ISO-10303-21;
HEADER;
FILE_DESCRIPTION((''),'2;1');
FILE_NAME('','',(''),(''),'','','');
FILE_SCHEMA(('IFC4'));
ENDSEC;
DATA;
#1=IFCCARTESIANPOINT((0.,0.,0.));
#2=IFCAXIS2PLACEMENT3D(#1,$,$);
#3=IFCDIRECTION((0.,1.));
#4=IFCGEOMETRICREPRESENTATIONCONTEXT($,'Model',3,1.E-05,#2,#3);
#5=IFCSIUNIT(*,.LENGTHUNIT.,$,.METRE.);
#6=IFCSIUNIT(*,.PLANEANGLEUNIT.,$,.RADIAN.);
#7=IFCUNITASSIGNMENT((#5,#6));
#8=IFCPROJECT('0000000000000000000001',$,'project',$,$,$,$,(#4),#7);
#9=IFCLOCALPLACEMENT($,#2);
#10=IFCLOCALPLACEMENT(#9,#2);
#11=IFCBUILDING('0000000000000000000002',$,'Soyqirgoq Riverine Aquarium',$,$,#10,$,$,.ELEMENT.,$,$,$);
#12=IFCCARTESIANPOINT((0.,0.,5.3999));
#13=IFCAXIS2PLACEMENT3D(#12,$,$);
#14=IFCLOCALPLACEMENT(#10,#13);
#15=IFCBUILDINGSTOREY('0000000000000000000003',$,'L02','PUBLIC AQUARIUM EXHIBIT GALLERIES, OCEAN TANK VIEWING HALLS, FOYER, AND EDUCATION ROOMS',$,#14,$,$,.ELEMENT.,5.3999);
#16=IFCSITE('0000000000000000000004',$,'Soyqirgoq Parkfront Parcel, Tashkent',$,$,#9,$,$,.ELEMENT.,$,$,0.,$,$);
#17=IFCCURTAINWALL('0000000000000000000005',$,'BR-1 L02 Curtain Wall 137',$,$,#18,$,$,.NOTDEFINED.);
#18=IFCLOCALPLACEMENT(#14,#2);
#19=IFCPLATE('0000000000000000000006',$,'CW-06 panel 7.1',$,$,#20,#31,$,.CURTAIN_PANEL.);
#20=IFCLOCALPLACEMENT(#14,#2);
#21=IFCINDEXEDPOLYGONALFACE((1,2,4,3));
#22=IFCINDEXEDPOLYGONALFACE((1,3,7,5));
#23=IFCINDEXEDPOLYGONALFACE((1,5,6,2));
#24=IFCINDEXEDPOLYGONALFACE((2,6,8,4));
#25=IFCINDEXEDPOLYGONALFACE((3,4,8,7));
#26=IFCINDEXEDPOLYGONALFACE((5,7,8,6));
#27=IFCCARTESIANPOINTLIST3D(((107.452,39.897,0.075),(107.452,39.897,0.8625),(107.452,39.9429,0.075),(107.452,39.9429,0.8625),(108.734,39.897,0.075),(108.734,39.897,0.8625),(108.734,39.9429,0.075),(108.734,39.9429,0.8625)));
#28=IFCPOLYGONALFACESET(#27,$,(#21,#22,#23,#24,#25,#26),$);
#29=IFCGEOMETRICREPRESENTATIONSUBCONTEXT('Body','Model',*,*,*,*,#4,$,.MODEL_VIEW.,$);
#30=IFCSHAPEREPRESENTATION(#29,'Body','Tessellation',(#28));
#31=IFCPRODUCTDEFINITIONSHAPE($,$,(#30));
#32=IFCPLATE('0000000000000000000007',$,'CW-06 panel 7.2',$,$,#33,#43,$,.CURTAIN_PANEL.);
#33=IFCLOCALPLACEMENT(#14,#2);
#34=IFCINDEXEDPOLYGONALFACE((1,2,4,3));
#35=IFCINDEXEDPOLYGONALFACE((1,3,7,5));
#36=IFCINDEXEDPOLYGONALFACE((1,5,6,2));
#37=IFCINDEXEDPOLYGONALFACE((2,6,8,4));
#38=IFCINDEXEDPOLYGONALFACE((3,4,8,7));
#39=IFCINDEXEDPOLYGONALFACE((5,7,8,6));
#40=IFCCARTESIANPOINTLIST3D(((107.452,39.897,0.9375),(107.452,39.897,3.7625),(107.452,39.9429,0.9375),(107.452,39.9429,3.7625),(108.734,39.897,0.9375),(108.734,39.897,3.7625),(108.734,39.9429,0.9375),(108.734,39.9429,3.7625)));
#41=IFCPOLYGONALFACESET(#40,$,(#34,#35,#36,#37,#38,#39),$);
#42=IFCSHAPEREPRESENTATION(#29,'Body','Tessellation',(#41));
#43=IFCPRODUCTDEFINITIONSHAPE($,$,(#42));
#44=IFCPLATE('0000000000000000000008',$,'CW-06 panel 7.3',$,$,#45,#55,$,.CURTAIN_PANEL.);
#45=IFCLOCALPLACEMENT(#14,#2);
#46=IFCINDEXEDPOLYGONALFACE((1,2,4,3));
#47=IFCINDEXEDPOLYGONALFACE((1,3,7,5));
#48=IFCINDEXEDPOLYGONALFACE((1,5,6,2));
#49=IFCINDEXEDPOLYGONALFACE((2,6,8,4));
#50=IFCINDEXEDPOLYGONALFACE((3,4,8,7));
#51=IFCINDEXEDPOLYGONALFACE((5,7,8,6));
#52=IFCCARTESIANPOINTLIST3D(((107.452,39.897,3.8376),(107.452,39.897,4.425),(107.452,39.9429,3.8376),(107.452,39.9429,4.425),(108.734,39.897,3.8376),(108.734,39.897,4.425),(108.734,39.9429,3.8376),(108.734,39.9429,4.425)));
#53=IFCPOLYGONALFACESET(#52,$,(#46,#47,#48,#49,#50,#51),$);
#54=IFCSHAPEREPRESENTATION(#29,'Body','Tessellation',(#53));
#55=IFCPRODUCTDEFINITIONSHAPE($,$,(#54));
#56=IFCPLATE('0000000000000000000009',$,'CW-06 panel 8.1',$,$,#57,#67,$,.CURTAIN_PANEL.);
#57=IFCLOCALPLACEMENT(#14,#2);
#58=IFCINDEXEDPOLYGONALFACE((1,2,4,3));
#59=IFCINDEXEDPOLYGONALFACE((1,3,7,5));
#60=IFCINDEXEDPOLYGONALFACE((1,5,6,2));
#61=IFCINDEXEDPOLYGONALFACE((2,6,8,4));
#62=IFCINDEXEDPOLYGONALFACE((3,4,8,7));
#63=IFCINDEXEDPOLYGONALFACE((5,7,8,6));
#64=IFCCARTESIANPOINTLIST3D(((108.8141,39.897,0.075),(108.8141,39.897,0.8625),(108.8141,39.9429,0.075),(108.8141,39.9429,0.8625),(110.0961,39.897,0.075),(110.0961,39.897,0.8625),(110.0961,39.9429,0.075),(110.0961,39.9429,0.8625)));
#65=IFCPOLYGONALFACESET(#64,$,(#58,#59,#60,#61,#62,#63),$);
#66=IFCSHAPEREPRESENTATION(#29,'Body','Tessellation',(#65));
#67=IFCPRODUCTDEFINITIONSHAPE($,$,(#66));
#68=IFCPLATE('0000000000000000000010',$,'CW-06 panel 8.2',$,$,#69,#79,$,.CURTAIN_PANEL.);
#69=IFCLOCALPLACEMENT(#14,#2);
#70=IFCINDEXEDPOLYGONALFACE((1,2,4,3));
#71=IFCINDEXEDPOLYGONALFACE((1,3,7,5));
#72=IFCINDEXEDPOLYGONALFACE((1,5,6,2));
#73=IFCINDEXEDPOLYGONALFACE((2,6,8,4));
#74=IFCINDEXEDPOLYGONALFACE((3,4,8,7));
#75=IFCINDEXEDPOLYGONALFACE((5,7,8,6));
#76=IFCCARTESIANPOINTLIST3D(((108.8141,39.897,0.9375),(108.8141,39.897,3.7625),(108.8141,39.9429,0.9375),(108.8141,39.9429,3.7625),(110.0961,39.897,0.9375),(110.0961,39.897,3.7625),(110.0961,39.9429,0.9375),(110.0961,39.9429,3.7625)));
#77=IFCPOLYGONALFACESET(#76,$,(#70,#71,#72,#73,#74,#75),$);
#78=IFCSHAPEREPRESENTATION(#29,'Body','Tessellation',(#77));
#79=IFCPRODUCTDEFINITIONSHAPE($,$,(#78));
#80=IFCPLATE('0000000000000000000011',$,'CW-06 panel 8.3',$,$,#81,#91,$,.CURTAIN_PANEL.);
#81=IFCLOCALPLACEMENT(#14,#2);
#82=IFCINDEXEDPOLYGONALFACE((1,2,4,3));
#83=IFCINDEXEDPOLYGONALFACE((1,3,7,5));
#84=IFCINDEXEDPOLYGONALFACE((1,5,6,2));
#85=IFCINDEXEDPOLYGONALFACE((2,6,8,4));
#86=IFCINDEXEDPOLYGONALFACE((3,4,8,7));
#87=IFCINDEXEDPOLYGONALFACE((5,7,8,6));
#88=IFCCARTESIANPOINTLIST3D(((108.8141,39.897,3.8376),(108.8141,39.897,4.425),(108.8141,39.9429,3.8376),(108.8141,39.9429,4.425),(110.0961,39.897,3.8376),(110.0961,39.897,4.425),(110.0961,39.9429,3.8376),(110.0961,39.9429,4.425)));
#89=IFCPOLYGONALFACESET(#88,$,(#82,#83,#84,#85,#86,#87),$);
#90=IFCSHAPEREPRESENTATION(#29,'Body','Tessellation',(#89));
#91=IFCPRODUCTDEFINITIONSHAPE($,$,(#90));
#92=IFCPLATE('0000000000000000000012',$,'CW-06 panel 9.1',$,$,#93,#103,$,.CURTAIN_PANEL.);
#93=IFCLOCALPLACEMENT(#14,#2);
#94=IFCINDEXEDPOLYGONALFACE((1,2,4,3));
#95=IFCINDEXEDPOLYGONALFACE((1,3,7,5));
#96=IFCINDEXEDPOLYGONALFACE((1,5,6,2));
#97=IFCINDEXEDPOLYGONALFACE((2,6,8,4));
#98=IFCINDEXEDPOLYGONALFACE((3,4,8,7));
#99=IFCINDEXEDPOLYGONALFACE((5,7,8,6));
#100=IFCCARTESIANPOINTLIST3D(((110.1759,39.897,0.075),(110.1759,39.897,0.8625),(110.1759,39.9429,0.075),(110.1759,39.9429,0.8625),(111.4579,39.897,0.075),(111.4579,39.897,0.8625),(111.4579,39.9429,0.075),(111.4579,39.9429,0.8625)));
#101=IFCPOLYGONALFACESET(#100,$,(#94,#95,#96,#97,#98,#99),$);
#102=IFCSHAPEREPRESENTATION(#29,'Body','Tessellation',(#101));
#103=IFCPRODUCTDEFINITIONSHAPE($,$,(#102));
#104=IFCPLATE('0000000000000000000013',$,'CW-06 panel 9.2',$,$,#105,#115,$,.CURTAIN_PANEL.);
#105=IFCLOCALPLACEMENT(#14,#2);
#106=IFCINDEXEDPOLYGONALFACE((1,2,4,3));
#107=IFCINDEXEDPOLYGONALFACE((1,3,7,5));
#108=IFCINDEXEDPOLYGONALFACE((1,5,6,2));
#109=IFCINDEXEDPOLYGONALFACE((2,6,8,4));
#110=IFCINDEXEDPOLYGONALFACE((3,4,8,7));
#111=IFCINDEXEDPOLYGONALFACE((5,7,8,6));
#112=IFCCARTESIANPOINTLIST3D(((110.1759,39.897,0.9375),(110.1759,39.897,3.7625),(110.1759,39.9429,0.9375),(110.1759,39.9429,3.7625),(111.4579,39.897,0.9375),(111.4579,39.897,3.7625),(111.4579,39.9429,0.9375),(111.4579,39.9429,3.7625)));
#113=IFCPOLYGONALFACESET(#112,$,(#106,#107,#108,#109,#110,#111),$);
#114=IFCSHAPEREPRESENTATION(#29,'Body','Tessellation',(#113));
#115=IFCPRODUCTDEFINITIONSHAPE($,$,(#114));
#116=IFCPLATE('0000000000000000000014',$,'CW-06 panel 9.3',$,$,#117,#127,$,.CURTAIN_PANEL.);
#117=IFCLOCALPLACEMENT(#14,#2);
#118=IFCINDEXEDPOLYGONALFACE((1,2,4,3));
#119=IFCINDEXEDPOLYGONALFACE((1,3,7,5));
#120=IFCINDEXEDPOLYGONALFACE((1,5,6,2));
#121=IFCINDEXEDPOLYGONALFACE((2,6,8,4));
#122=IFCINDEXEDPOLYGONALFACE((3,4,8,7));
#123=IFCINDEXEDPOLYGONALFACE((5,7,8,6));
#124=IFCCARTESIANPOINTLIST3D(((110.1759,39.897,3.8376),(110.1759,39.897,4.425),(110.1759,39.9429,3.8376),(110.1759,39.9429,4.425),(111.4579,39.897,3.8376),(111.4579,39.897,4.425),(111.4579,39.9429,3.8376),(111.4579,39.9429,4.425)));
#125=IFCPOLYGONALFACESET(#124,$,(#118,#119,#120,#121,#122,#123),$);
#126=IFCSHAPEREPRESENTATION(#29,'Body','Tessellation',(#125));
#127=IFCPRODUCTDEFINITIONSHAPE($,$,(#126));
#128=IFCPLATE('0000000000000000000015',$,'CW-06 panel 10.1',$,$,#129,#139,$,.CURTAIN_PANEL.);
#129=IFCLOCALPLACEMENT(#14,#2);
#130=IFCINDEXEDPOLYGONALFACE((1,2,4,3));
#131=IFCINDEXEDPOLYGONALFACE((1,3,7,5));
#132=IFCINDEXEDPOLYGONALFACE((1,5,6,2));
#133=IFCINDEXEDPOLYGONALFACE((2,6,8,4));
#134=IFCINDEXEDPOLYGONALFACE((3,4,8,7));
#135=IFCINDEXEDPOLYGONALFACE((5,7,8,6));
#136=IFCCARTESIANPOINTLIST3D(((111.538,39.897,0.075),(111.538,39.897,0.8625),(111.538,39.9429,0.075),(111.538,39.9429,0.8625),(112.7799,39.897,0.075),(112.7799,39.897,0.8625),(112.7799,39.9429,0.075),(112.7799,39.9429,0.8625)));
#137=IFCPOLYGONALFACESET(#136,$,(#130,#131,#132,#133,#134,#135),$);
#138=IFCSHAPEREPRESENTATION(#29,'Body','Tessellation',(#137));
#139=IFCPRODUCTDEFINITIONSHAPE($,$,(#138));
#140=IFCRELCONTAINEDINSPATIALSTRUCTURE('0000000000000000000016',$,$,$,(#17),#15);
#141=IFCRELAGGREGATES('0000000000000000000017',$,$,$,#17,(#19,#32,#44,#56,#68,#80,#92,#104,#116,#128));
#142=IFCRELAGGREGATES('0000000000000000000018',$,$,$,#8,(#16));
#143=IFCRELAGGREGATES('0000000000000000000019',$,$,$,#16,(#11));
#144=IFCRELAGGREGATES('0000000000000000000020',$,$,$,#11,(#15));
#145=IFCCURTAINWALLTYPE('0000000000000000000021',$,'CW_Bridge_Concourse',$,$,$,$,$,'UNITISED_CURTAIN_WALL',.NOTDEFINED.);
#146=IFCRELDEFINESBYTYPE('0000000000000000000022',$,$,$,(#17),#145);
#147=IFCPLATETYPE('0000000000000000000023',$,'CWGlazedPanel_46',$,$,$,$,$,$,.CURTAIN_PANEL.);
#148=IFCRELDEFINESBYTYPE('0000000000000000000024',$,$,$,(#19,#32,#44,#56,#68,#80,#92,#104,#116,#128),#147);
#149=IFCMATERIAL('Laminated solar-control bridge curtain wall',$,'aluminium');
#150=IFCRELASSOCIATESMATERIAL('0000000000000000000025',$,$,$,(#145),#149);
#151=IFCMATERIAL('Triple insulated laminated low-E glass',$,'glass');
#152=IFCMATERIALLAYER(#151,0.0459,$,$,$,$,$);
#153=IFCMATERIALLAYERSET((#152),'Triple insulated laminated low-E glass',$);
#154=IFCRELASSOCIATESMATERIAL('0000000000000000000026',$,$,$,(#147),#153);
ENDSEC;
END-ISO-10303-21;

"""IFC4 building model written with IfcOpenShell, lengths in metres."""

from ifc_helpers import new_model, si_unit, direction, frame, origin, origin_2d, place, context, subcontext, project, spatial, rectangle, extrude, material, layer, layer_set, type_object, element, aggregate, save


model = new_model("IFC4")

# Units and contexts
model_context = context("Model", 3, precision=1e-05, world=origin(), true_north=direction((0.0, 1.0)))
body_context = subcontext(model_context, "Body", "Model", "MODEL_VIEW")
ifc_project = project(units=[si_unit("LENGTHUNIT", "METRE"), si_unit("PLANEANGLEUNIT", "RADIAN")], contexts=[model_context])

# Site, building, storey
site_placement = place(None, origin())
site = spatial("IfcSite", under=ifc_project, at=site_placement, Name="Soyqirgoq Parkfront Parcel, Tashkent", CompositionType="ELEMENT", RefElevation=0.0)
building_placement = place(site_placement, origin())
building = spatial("IfcBuilding", under=site, at=building_placement, Name="Soyqirgoq Riverine Aquarium", CompositionType="ELEMENT")
storey_placement = place(building_placement, frame((0.0, 0.0, 5.3999)))
storey = spatial("IfcBuildingStorey", under=building, at=storey_placement, Name="L02", Description="PUBLIC AQUARIUM EXHIBIT GALLERIES, OCEAN TANK VIEWING HALLS, FOYER, AND EDUCATION ROOMS", CompositionType="ELEMENT", Elevation=5.3999)

# Curtain wall, plates
ifc_material_1 = material(Name="Laminated solar-control bridge curtain wall", Category="aluminium")
curtain_wall_type = type_object("IfcCurtainWallType", Name="CW_Bridge_Concourse", ElementType="UNITISED_CURTAIN_WALL", PredefinedType="NOTDEFINED", material=ifc_material_1)
curtain_wall_placement = place(storey_placement, origin())
curtain_wall = element("IfcCurtainWall", 1, at=curtain_wall_placement, inside=storey, type_object=curtain_wall_type, Name="BR-1 L02 Curtain Wall 137", PredefinedType="NOTDEFINED")
ifc_material_2 = material(Name="Triple insulated laminated low-E glass", Category="glass")
ifc_layer = layer(ifc_material_2, 0.0459)
ifc_layer_set = layer_set([ifc_layer], Name="Triple insulated laminated low-E glass")
plate_type = type_object("IfcPlateType", Name="CWGlazedPanel_46", PredefinedType="CURTAIN_PANEL", material=ifc_layer_set)
plate_1_placement = place(storey_placement, frame((108.093, 39.9199, 0.075), z_axis=(0.0, 0.0, 1.0), x_axis=(1.0, 0.0, 0.0)))
plate_1 = element("IfcPlate", 2, at=plate_1_placement, type_object=plate_type, Name="CW-06 panel 7.1", PredefinedType="CURTAIN_PANEL", context=body_context, shape_type="SweptSolid", body=[
    extrude(rectangle(XDim=1.282, YDim=0.0459, at=origin_2d()), origin(), (0.0, 0.0, 1.0), 0.7876),
])
plate_2_placement = place(storey_placement, frame((108.093, 39.9199, 0.9375), z_axis=(0.0, 0.0, 1.0), x_axis=(1.0, 0.0, 0.0)))
plate_2 = element("IfcPlate", 3, at=plate_2_placement, type_object=plate_type, Name="CW-06 panel 7.2", PredefinedType="CURTAIN_PANEL", context=body_context, shape_type="SweptSolid", body=[
    extrude(rectangle(XDim=1.282, YDim=0.0459, at=origin_2d()), origin(), (0.0, 0.0, 1.0), 2.825),
])
plate_3_placement = place(storey_placement, frame((108.093, 39.9199, 3.8376), z_axis=(0.0, 0.0, 1.0), x_axis=(1.0, 0.0, 0.0)))
plate_3 = element("IfcPlate", 4, at=plate_3_placement, type_object=plate_type, Name="CW-06 panel 7.3", PredefinedType="CURTAIN_PANEL", context=body_context, shape_type="SweptSolid", body=[
    extrude(rectangle(XDim=1.282, YDim=0.0459, at=origin_2d()), origin(), (0.0, 0.0, 1.0), 0.5874),
])
plate_4_placement = place(storey_placement, frame((109.4551, 39.9199, 0.075), z_axis=(0.0, 0.0, 1.0), x_axis=(1.0, 0.0, 0.0)))
plate_4 = element("IfcPlate", 5, at=plate_4_placement, type_object=plate_type, Name="CW-06 panel 8.1", PredefinedType="CURTAIN_PANEL", context=body_context, shape_type="SweptSolid", body=[
    extrude(rectangle(XDim=1.282, YDim=0.0459, at=origin_2d()), origin(), (0.0, 0.0, 1.0), 0.7876),
])
plate_5_placement = place(storey_placement, frame((109.4551, 39.9199, 0.9375), z_axis=(0.0, 0.0, 1.0), x_axis=(1.0, 0.0, 0.0)))
plate_5 = element("IfcPlate", 6, at=plate_5_placement, type_object=plate_type, Name="CW-06 panel 8.2", PredefinedType="CURTAIN_PANEL", context=body_context, shape_type="SweptSolid", body=[
    extrude(rectangle(XDim=1.282, YDim=0.0459, at=origin_2d()), origin(), (0.0, 0.0, 1.0), 2.825),
])
plate_6_placement = place(storey_placement, frame((109.4551, 39.9199, 3.8376), z_axis=(0.0, 0.0, 1.0), x_axis=(1.0, 0.0, 0.0)))
plate_6 = element("IfcPlate", 7, at=plate_6_placement, type_object=plate_type, Name="CW-06 panel 8.3", PredefinedType="CURTAIN_PANEL", context=body_context, shape_type="SweptSolid", body=[
    extrude(rectangle(XDim=1.282, YDim=0.0459, at=origin_2d()), origin(), (0.0, 0.0, 1.0), 0.5874),
])
plate_7_placement = place(storey_placement, frame((110.8169, 39.9199, 0.075), z_axis=(0.0, 0.0, 1.0), x_axis=(1.0, 0.0, 0.0)))
plate_7 = element("IfcPlate", 8, at=plate_7_placement, type_object=plate_type, Name="CW-06 panel 9.1", PredefinedType="CURTAIN_PANEL", context=body_context, shape_type="SweptSolid", body=[
    extrude(rectangle(XDim=1.282, YDim=0.0459, at=origin_2d()), origin(), (0.0, 0.0, 1.0), 0.7876),
])
plate_8_placement = place(storey_placement, frame((110.8169, 39.9199, 0.9375), z_axis=(0.0, 0.0, 1.0), x_axis=(1.0, 0.0, 0.0)))
plate_8 = element("IfcPlate", 9, at=plate_8_placement, type_object=plate_type, Name="CW-06 panel 9.2", PredefinedType="CURTAIN_PANEL", context=body_context, shape_type="SweptSolid", body=[
    extrude(rectangle(XDim=1.282, YDim=0.0459, at=origin_2d()), origin(), (0.0, 0.0, 1.0), 2.825),
])
plate_9_placement = place(storey_placement, frame((110.8169, 39.9199, 3.8376), z_axis=(0.0, 0.0, 1.0), x_axis=(1.0, 0.0, 0.0)))
plate_9 = element("IfcPlate", 10, at=plate_9_placement, type_object=plate_type, Name="CW-06 panel 9.3", PredefinedType="CURTAIN_PANEL", context=body_context, shape_type="SweptSolid", body=[
    extrude(rectangle(XDim=1.282, YDim=0.0459, at=origin_2d()), origin(), (0.0, 0.0, 1.0), 0.5874),
])
plate_10_placement = place(storey_placement, frame((112.1589, 39.9199, 0.075), z_axis=(0.0, 0.0, 1.0), x_axis=(1.0, 0.0, 0.0)))
plate_10 = element("IfcPlate", 11, at=plate_10_placement, type_object=plate_type, Name="CW-06 panel 10.1", PredefinedType="CURTAIN_PANEL", context=body_context, shape_type="SweptSolid", body=[
    extrude(rectangle(XDim=1.2419, YDim=0.0459, at=origin_2d()), origin(), (0.0, 0.0, 1.0), 0.7876),
])
aggregate(curtain_wall, [plate_1, plate_2, plate_3, plate_4, plate_5, plate_6, plate_7, plate_8, plate_9, plate_10])

save(model, "model.ifc")
